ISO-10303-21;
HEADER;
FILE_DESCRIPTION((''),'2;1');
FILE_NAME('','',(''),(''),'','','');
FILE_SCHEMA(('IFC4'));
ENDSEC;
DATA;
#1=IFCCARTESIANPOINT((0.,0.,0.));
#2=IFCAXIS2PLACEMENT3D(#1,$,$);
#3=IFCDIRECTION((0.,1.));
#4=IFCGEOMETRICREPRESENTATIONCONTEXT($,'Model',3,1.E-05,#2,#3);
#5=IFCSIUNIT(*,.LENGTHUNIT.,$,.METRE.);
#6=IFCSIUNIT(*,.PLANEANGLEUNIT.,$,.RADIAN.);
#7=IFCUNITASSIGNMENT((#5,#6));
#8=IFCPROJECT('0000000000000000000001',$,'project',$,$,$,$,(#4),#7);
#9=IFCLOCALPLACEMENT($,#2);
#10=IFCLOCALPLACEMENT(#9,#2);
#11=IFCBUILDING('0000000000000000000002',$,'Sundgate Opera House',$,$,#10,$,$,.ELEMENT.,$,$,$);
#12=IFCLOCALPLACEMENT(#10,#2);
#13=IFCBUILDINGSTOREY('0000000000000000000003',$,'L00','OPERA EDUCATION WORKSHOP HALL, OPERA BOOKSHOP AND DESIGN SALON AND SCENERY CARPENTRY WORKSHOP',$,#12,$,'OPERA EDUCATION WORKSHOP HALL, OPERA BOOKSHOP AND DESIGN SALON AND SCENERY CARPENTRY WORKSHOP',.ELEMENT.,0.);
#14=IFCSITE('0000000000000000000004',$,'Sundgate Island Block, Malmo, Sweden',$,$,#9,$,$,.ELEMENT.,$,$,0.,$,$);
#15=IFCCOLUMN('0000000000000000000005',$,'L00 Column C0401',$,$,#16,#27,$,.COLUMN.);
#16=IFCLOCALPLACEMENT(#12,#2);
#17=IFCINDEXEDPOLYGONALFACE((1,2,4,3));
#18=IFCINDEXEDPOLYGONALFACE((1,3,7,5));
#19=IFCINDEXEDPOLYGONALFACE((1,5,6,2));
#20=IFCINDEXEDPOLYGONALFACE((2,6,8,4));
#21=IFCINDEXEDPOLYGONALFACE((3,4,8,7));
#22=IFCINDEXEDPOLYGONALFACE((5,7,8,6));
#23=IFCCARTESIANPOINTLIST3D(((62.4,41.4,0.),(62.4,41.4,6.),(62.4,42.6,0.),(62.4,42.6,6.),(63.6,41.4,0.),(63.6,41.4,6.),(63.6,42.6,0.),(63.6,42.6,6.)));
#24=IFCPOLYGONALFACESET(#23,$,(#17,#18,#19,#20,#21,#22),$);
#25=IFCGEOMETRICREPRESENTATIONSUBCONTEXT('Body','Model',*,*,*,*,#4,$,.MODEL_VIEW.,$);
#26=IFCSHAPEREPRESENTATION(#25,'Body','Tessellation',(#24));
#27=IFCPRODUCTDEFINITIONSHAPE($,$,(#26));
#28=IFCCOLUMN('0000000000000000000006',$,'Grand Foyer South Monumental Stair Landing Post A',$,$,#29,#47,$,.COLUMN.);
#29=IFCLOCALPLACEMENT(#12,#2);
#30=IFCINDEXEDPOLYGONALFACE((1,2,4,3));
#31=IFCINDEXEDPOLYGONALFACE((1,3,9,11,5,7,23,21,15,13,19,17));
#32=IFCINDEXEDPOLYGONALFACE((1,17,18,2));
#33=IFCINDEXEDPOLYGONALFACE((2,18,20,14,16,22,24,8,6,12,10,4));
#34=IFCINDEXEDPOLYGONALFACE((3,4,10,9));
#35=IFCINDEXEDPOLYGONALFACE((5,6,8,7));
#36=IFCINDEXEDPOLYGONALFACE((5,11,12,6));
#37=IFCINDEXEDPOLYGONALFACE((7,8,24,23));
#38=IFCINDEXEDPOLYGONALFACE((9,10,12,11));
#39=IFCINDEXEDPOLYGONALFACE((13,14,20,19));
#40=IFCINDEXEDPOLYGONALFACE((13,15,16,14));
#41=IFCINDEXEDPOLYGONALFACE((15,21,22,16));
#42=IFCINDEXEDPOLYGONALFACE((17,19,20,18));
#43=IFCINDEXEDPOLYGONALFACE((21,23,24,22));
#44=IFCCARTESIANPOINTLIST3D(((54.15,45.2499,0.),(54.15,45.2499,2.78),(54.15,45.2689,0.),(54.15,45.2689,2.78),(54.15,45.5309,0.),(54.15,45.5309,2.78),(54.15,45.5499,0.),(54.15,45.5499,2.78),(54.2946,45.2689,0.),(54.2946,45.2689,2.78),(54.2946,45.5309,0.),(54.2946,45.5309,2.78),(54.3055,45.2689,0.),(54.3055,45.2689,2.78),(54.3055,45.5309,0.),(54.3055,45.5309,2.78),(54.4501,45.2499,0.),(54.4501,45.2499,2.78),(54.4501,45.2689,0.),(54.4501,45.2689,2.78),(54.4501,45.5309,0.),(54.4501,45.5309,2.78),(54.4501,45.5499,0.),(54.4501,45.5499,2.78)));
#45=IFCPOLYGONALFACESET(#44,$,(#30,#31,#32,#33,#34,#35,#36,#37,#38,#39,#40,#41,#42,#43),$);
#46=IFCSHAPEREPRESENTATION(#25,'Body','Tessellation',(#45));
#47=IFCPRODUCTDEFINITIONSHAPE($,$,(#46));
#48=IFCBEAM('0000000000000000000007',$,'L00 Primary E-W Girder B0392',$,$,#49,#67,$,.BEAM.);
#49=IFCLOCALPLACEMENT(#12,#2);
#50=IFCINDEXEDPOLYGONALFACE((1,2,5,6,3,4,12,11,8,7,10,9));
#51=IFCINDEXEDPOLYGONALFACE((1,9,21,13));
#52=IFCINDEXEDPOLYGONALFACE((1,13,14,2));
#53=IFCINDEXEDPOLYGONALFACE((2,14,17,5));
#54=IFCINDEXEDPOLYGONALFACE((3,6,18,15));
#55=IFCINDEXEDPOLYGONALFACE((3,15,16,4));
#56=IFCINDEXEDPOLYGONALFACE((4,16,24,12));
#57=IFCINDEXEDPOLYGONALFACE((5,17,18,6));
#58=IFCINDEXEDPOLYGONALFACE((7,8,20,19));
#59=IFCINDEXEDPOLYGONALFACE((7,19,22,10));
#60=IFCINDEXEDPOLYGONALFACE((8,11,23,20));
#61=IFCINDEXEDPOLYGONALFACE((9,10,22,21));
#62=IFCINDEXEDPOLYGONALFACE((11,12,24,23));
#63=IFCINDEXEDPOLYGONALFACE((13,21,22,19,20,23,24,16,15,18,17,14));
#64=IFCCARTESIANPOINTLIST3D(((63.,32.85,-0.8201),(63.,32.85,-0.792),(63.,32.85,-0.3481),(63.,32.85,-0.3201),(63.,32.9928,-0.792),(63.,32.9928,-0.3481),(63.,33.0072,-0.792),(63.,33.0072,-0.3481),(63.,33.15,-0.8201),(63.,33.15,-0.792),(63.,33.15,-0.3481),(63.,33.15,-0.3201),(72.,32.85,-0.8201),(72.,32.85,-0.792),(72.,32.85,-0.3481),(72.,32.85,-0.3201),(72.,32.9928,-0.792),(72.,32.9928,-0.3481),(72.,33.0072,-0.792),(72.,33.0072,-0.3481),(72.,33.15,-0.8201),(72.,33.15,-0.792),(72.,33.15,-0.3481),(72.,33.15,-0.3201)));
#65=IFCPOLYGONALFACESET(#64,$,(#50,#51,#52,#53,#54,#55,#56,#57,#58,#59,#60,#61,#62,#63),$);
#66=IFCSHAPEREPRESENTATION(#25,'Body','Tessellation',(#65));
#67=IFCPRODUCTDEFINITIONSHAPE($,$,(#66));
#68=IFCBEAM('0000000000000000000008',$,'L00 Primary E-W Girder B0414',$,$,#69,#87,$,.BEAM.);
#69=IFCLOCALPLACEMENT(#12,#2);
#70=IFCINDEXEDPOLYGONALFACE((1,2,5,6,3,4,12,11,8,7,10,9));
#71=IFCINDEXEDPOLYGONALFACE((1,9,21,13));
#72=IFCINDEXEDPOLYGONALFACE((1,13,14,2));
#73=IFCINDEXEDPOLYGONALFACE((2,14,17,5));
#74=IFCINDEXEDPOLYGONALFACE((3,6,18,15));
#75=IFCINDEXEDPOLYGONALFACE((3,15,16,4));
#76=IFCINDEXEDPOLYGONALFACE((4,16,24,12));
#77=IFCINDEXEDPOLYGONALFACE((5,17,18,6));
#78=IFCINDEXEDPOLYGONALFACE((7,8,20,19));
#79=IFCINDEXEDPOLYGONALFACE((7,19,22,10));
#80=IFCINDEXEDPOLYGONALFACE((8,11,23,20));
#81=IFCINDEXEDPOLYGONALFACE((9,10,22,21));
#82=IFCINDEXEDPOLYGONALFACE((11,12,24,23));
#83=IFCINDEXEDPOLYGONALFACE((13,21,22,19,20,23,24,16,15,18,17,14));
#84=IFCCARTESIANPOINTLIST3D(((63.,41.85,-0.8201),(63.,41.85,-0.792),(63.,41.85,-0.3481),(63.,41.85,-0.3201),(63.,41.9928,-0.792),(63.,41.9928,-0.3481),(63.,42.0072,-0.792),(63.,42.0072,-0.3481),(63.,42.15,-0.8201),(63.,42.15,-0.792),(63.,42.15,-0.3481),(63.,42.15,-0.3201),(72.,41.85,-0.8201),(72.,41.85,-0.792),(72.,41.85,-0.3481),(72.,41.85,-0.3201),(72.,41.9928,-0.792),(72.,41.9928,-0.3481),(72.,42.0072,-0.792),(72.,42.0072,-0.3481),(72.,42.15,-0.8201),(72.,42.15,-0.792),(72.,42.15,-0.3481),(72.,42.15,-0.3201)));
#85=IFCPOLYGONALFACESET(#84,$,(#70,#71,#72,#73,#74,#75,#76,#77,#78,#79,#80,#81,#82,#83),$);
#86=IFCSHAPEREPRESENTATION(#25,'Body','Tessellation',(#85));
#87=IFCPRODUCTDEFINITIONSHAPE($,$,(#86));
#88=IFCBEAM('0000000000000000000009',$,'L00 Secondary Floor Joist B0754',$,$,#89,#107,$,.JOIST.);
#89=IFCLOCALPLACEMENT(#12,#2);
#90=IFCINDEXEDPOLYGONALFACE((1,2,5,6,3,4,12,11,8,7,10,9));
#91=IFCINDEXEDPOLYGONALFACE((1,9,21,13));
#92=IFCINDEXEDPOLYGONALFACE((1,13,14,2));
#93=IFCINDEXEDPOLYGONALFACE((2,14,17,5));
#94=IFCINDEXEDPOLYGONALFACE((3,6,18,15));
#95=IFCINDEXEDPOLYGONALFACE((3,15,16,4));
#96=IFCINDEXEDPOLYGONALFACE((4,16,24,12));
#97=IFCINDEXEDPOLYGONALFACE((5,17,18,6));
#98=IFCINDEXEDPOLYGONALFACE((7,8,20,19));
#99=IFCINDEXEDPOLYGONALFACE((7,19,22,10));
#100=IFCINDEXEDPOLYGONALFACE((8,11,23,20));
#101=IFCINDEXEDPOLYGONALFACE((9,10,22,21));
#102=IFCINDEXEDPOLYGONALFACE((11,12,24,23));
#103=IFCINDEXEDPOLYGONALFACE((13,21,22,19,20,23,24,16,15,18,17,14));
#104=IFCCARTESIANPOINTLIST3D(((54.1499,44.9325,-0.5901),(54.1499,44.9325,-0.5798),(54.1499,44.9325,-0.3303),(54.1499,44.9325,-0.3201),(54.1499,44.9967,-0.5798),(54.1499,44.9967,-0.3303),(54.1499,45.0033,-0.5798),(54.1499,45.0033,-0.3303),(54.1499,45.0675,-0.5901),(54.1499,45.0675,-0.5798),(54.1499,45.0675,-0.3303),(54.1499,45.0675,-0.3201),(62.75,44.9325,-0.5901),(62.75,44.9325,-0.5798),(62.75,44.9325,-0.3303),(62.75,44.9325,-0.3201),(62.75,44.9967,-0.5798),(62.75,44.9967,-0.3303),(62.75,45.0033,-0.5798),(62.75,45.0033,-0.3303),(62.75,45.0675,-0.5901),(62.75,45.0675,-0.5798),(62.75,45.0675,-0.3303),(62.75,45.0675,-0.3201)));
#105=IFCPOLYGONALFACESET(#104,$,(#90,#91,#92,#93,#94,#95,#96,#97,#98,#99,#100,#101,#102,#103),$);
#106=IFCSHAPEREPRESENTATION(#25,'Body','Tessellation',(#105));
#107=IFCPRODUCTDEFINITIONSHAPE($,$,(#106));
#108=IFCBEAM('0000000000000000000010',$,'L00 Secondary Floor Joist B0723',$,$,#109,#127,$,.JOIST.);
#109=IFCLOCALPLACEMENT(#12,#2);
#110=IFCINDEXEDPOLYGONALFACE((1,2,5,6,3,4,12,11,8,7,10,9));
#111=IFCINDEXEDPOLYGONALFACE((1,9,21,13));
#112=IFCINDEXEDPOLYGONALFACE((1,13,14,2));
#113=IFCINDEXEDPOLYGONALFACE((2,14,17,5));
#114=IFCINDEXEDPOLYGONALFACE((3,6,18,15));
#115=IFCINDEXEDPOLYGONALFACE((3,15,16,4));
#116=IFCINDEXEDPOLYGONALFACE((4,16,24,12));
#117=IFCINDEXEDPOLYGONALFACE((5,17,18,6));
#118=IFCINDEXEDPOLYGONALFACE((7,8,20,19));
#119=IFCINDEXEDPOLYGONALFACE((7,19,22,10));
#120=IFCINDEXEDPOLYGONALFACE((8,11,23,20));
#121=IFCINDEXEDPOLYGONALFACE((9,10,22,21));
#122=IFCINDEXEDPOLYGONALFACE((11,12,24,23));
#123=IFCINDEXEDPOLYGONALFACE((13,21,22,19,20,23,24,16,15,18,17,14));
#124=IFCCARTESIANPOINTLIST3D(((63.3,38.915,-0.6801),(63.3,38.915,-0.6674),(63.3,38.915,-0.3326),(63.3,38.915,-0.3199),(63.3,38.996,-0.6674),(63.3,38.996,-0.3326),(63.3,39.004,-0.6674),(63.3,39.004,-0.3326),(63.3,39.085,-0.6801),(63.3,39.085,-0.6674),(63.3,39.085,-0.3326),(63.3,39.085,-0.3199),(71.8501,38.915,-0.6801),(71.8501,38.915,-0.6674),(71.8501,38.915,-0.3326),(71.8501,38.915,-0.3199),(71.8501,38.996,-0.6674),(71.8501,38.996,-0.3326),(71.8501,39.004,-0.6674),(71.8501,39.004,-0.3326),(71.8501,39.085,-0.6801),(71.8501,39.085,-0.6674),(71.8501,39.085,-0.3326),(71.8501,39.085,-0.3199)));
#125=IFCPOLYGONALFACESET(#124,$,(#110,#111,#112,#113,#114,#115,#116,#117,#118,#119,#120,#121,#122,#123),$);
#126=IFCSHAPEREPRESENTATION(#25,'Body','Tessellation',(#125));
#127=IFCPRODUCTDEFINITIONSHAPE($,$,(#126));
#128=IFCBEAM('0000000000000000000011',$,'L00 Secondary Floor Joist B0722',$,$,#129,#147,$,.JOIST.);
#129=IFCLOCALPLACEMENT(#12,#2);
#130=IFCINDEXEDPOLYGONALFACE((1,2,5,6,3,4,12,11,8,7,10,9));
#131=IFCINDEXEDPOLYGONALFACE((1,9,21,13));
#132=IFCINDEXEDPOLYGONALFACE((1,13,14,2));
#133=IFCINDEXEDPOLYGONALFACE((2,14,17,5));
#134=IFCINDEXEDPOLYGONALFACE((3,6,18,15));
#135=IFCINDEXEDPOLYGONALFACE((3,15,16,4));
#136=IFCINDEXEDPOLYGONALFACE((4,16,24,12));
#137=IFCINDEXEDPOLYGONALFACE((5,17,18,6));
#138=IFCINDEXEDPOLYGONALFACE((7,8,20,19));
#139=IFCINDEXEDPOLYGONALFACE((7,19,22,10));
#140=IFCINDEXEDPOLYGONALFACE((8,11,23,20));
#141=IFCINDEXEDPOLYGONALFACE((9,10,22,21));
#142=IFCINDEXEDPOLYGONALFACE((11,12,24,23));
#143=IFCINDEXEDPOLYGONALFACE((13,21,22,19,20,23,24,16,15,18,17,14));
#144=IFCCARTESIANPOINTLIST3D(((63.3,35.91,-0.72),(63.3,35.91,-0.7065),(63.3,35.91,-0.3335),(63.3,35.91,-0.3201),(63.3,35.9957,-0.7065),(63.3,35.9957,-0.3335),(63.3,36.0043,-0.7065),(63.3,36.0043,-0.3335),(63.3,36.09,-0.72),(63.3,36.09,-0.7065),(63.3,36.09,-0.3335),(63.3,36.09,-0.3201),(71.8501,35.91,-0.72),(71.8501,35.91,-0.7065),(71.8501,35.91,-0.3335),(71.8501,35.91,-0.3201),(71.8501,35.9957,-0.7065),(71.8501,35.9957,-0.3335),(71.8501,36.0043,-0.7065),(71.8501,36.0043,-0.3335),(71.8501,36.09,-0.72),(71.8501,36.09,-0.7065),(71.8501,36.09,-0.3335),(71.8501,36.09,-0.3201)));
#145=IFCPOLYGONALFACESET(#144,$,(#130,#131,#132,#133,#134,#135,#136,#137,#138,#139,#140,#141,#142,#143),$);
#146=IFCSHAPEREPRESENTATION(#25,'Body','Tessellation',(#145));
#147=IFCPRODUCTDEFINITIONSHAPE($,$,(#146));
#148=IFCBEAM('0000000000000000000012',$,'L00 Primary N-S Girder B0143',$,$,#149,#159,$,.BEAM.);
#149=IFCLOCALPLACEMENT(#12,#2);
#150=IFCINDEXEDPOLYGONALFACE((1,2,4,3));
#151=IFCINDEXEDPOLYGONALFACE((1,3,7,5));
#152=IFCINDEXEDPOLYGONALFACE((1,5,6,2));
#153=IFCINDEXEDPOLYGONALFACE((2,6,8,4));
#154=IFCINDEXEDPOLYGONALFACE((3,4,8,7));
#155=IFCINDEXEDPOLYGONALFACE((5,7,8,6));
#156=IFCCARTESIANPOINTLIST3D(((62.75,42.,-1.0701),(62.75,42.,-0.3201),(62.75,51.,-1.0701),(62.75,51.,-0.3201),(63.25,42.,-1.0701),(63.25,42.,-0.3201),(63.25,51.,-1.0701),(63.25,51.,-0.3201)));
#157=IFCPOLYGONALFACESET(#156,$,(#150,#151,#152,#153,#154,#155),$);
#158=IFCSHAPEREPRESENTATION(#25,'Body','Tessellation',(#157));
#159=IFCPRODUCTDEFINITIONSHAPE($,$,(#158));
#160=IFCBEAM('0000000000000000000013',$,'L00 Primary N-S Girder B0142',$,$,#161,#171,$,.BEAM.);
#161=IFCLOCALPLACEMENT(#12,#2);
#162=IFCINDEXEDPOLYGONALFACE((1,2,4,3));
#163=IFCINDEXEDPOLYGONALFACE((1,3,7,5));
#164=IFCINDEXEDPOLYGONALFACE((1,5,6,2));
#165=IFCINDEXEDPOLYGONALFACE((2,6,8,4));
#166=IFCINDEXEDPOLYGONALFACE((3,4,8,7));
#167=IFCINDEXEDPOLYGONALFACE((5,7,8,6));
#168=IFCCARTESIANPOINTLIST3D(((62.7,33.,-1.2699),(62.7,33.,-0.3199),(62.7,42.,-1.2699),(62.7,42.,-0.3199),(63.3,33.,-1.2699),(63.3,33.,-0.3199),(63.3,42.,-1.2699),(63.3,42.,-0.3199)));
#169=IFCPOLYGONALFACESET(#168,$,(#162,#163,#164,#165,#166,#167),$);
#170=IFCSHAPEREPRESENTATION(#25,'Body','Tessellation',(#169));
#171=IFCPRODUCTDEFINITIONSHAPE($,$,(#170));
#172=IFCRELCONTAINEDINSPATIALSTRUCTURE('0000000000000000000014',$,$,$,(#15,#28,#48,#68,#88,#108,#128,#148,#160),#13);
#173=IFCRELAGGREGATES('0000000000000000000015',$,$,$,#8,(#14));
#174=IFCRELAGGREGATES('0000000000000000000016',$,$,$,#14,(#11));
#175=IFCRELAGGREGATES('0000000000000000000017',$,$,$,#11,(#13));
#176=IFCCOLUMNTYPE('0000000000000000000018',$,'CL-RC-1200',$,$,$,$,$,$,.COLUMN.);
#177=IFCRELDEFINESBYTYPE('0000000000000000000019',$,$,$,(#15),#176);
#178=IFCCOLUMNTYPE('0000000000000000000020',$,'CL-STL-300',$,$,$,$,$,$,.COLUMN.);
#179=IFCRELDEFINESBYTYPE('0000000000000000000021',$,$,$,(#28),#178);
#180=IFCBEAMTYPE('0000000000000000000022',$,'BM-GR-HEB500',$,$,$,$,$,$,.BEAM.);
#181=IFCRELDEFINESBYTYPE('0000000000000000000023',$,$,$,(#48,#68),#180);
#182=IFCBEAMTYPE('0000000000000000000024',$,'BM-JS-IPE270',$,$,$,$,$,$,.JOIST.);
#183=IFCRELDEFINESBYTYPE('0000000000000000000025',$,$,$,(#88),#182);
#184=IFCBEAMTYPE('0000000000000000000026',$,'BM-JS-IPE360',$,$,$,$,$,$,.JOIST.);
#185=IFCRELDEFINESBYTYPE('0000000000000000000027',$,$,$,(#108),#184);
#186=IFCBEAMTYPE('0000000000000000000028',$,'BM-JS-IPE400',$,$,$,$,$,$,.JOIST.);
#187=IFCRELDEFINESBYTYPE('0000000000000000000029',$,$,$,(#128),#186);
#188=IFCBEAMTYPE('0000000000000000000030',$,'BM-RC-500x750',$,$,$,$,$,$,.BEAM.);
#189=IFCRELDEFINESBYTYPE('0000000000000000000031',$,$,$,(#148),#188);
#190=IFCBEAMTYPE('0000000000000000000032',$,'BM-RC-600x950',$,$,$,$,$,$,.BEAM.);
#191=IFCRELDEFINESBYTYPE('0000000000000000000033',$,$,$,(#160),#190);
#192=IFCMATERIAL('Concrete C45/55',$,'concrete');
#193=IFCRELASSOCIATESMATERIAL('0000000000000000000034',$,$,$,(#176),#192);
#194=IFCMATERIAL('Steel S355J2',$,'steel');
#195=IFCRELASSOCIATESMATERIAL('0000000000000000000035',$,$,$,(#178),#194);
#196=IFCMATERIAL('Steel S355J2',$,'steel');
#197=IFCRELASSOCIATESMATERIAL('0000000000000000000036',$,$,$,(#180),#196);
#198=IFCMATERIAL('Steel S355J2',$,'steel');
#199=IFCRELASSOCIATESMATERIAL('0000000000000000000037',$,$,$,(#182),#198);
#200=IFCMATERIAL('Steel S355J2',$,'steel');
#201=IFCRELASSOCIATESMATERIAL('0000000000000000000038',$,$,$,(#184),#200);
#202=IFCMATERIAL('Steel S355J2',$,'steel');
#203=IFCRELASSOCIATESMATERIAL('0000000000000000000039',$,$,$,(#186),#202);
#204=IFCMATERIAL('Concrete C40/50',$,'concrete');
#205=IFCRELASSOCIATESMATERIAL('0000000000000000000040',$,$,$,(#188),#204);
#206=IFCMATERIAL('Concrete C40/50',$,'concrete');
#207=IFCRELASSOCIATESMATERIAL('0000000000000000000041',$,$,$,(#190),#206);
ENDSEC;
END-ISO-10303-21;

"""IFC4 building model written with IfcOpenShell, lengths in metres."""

from ifc_helpers import new_model, si_unit, direction, frame, origin, origin_2d, place, context, subcontext, project, spatial, rectangle, i_section, extrude, material, material_profile, profile_set, type_object, element, save


model = new_model("IFC4")

# Units and contexts
model_context = context("Model", 3, precision=1e-05, world=origin(), true_north=direction((0.0, 1.0)))
body_context = subcontext(model_context, "Body", "Model", "MODEL_VIEW")
ifc_project = project(units=[si_unit("LENGTHUNIT", "METRE"), si_unit("PLANEANGLEUNIT", "RADIAN")], contexts=[model_context])

# Site, building, storey
site_placement = place(None, origin())
site = spatial("IfcSite", under=ifc_project, at=site_placement, Name="Sundgate Island Block, Malmo, Sweden", CompositionType="ELEMENT", RefElevation=0.0)
building_placement = place(site_placement, origin())
building = spatial("IfcBuilding", under=site, at=building_placement, Name="Sundgate Opera House", CompositionType="ELEMENT")
storey_placement = place(building_placement, origin())
storey = spatial("IfcBuildingStorey", under=building, at=storey_placement, Name="L00", Description="OPERA EDUCATION WORKSHOP HALL, OPERA BOOKSHOP AND DESIGN SALON AND SCENERY CARPENTRY WORKSHOP", LongName="OPERA EDUCATION WORKSHOP HALL, OPERA BOOKSHOP AND DESIGN SALON AND SCENERY CARPENTRY WORKSHOP", CompositionType="ELEMENT", Elevation=0.0)

# Columns
ifc_material_1 = material(Name="Concrete C45/55", Category="concrete")
ifc_material_profile_1 = material_profile(ifc_material_1, rectangle(XDim=1.2, YDim=1.2, at=origin_2d()), Name="RC 1200x1200")
ifc_profile_set_1 = profile_set([ifc_material_profile_1], Name="Concrete C45/55")
column_type_1 = type_object("IfcColumnType", Name="CL-RC-1200", PredefinedType="COLUMN", material=ifc_profile_set_1)
column_1_placement = place(storey_placement, frame((63.0, 42.0, 0.0), z_axis=(0.0, 0.0, 1.0), x_axis=(1.0, 0.0, 0.0)))
element("IfcColumn", 1, at=column_1_placement, inside=storey, type_object=column_type_1, Name="L00 Column C0401", PredefinedType="COLUMN", context=body_context, shape_type="SweptSolid", body=[
    extrude(rectangle(XDim=1.2, YDim=1.2, at=origin_2d()), origin(), (0.0, 0.0, 1.0), 6.0),
])
ifc_material_2 = material(Name="Steel S355J2", Category="steel")
ifc_material_profile_2 = material_profile(ifc_material_2, i_section(OverallWidth=0.3, OverallDepth=0.3, WebThickness=0.011, FlangeThickness=0.019, at=origin_2d()), Name="HEB 300")
ifc_profile_set_2 = profile_set([ifc_material_profile_2], Name="Steel S355J2")
column_type_2 = type_object("IfcColumnType", Name="CL-STL-300", PredefinedType="COLUMN", material=ifc_profile_set_2)
column_2_placement = place(storey_placement, frame((54.3, 45.3999, 0.0), z_axis=(0.0, 0.0, 1.0), x_axis=(1.0, 0.0, 0.0)))
element("IfcColumn", 2, at=column_2_placement, inside=storey, type_object=column_type_2, Name="Grand Foyer South Monumental Stair Landing Post A", PredefinedType="COLUMN", context=body_context, shape_type="SweptSolid", body=[
    extrude(i_section(OverallWidth=0.3, OverallDepth=0.3, WebThickness=0.011, FlangeThickness=0.019, at=origin_2d()), origin(), (0.0, 0.0, 1.0), 2.78),
])

# Beams
ifc_material_3 = material(Name="Steel S355J2", Category="steel")
ifc_material_profile_3 = material_profile(ifc_material_3, i_section(OverallWidth=0.3, OverallDepth=0.5, WebThickness=0.0144, FlangeThickness=0.0281, at=origin_2d()), Name="HEB 500")
ifc_profile_set_3 = profile_set([ifc_material_profile_3], Name="Steel S355J2")
beam_type_1 = type_object("IfcBeamType", Name="BM-GR-HEB500", PredefinedType="BEAM", material=ifc_profile_set_3)
for number, where, z_axis, x_axis, name in (
    (3, (63.0, 33.0, -0.5701), (1.0, 0.0, 0.0), (0.0, 1.0, 0.0), "L00 Primary E-W Girder B0392"),
    (4, (63.0, 42.0, -0.5701), (1.0, 0.0, 0.0), (0.0, 1.0, 0.0), "L00 Primary E-W Girder B0414"),
):
    element("IfcBeam", number, at=place(storey_placement, frame(where, z_axis=z_axis, x_axis=x_axis)), inside=storey, type_object=beam_type_1, Name=name, PredefinedType="BEAM", context=body_context, shape_type="SweptSolid", body=[
        extrude(i_section(OverallWidth=0.3, OverallDepth=0.5, WebThickness=0.0144, FlangeThickness=0.0281, at=origin_2d()), origin(), (0.0, 0.0, 1.0), 9.0),
    ])
ifc_material_4 = material(Name="Steel S355J2", Category="steel")
ifc_material_profile_4 = material_profile(ifc_material_4, i_section(OverallWidth=0.135, OverallDepth=0.27, WebThickness=0.0066, FlangeThickness=0.0103, at=origin_2d()), Name="IPE 270")
ifc_profile_set_4 = profile_set([ifc_material_profile_4], Name="Steel S355J2")
beam_type_2 = type_object("IfcBeamType", Name="BM-JS-IPE270", PredefinedType="JOIST", material=ifc_profile_set_4)
beam_1_placement = place(storey_placement, frame((54.1499, 45.0, -0.4551), z_axis=(1.0, 0.0, 0.0), x_axis=(0.0, 1.0, 0.0)))
element("IfcBeam", 5, at=beam_1_placement, inside=storey, type_object=beam_type_2, Name="L00 Secondary Floor Joist B0754", PredefinedType="JOIST", context=body_context, shape_type="SweptSolid", body=[
    extrude(i_section(OverallWidth=0.135, OverallDepth=0.27, WebThickness=0.0066, FlangeThickness=0.0103, at=origin_2d()), origin(), (0.0, 0.0, 1.0), 8.6001),
])
ifc_material_5 = material(Name="Steel S355J2", Category="steel")
ifc_material_profile_5 = material_profile(ifc_material_5, i_section(OverallWidth=0.1699, OverallDepth=0.3601, WebThickness=0.0081, FlangeThickness=0.0127, at=origin_2d()), Name="IPE 360")
ifc_profile_set_5 = profile_set([ifc_material_profile_5], Name="Steel S355J2")
beam_type_3 = type_object("IfcBeamType", Name="BM-JS-IPE360", PredefinedType="JOIST", material=ifc_profile_set_5)
beam_2_placement = place(storey_placement, frame((63.3, 39.0, -0.5), z_axis=(1.0, 0.0, 0.0), x_axis=(0.0, 1.0, 0.0)))
element("IfcBeam", 6, at=beam_2_placement, inside=storey, type_object=beam_type_3, Name="L00 Secondary Floor Joist B0723", PredefinedType="JOIST", context=body_context, shape_type="SweptSolid", body=[
    extrude(i_section(OverallWidth=0.1699, OverallDepth=0.3601, WebThickness=0.0081, FlangeThickness=0.0127, at=origin_2d()), origin(), (0.0, 0.0, 1.0), 8.55),
])
ifc_material_6 = material(Name="Steel S355J2", Category="steel")
ifc_material_profile_6 = material_profile(ifc_material_6, i_section(OverallWidth=0.1799, OverallDepth=0.3999, WebThickness=0.0085, FlangeThickness=0.0134, at=origin_2d()), Name="IPE 400")
ifc_profile_set_6 = profile_set([ifc_material_profile_6], Name="Steel S355J2")
beam_type_4 = type_object("IfcBeamType", Name="BM-JS-IPE400", PredefinedType="JOIST", material=ifc_profile_set_6)
beam_3_placement = place(storey_placement, frame((63.3, 36.0, -0.52), z_axis=(1.0, 0.0, 0.0), x_axis=(0.0, 1.0, 0.0)))
element("IfcBeam", 7, at=beam_3_placement, inside=storey, type_object=beam_type_4, Name="L00 Secondary Floor Joist B0722", PredefinedType="JOIST", context=body_context, shape_type="SweptSolid", body=[
    extrude(i_section(OverallWidth=0.1799, OverallDepth=0.3999, WebThickness=0.0085, FlangeThickness=0.0134, at=origin_2d()), origin(), (0.0, 0.0, 1.0), 8.55),
])
ifc_material_7 = material(Name="Concrete C40/50", Category="concrete")
ifc_material_profile_7 = material_profile(ifc_material_7, rectangle(XDim=0.5, YDim=0.75, at=origin_2d()), Name="RC 500x750")
ifc_profile_set_7 = profile_set([ifc_material_profile_7], Name="Concrete C40/50")
beam_type_5 = type_object("IfcBeamType", Name="BM-RC-500x750", PredefinedType="BEAM", material=ifc_profile_set_7)
beam_4_placement = place(storey_placement, frame((63.0, 42.0, -0.6951), z_axis=(0.0, 1.0, 0.0), x_axis=(-1.0, 0.0, 0.0)))
element("IfcBeam", 8, at=beam_4_placement, inside=storey, type_object=beam_type_5, Name="L00 Primary N-S Girder B0143", PredefinedType="BEAM", context=body_context, shape_type="SweptSolid", body=[
    extrude(rectangle(XDim=0.5, YDim=0.75, at=origin_2d()), origin(), (0.0, 0.0, 1.0), 9.0),
])
ifc_material_8 = material(Name="Concrete C40/50", Category="concrete")
ifc_material_profile_8 = material_profile(ifc_material_8, rectangle(XDim=0.6001, YDim=0.95, at=origin_2d()), Name="RC 600x950")
ifc_profile_set_8 = profile_set([ifc_material_profile_8], Name="Concrete C40/50")
beam_type_6 = type_object("IfcBeamType", Name="BM-RC-600x950", PredefinedType="BEAM", material=ifc_profile_set_8)
beam_5_placement = place(storey_placement, frame((63.0, 33.0, -0.7949), z_axis=(0.0, 1.0, 0.0), x_axis=(-1.0, 0.0, 0.0)))
element("IfcBeam", 9, at=beam_5_placement, inside=storey, type_object=beam_type_6, Name="L00 Primary N-S Girder B0142", PredefinedType="BEAM", context=body_context, shape_type="SweptSolid", body=[
    extrude(rectangle(XDim=0.6001, YDim=0.95, at=origin_2d()), origin(), (0.0, 0.0, 1.0), 9.0),
])

save(model, "model.ifc")
